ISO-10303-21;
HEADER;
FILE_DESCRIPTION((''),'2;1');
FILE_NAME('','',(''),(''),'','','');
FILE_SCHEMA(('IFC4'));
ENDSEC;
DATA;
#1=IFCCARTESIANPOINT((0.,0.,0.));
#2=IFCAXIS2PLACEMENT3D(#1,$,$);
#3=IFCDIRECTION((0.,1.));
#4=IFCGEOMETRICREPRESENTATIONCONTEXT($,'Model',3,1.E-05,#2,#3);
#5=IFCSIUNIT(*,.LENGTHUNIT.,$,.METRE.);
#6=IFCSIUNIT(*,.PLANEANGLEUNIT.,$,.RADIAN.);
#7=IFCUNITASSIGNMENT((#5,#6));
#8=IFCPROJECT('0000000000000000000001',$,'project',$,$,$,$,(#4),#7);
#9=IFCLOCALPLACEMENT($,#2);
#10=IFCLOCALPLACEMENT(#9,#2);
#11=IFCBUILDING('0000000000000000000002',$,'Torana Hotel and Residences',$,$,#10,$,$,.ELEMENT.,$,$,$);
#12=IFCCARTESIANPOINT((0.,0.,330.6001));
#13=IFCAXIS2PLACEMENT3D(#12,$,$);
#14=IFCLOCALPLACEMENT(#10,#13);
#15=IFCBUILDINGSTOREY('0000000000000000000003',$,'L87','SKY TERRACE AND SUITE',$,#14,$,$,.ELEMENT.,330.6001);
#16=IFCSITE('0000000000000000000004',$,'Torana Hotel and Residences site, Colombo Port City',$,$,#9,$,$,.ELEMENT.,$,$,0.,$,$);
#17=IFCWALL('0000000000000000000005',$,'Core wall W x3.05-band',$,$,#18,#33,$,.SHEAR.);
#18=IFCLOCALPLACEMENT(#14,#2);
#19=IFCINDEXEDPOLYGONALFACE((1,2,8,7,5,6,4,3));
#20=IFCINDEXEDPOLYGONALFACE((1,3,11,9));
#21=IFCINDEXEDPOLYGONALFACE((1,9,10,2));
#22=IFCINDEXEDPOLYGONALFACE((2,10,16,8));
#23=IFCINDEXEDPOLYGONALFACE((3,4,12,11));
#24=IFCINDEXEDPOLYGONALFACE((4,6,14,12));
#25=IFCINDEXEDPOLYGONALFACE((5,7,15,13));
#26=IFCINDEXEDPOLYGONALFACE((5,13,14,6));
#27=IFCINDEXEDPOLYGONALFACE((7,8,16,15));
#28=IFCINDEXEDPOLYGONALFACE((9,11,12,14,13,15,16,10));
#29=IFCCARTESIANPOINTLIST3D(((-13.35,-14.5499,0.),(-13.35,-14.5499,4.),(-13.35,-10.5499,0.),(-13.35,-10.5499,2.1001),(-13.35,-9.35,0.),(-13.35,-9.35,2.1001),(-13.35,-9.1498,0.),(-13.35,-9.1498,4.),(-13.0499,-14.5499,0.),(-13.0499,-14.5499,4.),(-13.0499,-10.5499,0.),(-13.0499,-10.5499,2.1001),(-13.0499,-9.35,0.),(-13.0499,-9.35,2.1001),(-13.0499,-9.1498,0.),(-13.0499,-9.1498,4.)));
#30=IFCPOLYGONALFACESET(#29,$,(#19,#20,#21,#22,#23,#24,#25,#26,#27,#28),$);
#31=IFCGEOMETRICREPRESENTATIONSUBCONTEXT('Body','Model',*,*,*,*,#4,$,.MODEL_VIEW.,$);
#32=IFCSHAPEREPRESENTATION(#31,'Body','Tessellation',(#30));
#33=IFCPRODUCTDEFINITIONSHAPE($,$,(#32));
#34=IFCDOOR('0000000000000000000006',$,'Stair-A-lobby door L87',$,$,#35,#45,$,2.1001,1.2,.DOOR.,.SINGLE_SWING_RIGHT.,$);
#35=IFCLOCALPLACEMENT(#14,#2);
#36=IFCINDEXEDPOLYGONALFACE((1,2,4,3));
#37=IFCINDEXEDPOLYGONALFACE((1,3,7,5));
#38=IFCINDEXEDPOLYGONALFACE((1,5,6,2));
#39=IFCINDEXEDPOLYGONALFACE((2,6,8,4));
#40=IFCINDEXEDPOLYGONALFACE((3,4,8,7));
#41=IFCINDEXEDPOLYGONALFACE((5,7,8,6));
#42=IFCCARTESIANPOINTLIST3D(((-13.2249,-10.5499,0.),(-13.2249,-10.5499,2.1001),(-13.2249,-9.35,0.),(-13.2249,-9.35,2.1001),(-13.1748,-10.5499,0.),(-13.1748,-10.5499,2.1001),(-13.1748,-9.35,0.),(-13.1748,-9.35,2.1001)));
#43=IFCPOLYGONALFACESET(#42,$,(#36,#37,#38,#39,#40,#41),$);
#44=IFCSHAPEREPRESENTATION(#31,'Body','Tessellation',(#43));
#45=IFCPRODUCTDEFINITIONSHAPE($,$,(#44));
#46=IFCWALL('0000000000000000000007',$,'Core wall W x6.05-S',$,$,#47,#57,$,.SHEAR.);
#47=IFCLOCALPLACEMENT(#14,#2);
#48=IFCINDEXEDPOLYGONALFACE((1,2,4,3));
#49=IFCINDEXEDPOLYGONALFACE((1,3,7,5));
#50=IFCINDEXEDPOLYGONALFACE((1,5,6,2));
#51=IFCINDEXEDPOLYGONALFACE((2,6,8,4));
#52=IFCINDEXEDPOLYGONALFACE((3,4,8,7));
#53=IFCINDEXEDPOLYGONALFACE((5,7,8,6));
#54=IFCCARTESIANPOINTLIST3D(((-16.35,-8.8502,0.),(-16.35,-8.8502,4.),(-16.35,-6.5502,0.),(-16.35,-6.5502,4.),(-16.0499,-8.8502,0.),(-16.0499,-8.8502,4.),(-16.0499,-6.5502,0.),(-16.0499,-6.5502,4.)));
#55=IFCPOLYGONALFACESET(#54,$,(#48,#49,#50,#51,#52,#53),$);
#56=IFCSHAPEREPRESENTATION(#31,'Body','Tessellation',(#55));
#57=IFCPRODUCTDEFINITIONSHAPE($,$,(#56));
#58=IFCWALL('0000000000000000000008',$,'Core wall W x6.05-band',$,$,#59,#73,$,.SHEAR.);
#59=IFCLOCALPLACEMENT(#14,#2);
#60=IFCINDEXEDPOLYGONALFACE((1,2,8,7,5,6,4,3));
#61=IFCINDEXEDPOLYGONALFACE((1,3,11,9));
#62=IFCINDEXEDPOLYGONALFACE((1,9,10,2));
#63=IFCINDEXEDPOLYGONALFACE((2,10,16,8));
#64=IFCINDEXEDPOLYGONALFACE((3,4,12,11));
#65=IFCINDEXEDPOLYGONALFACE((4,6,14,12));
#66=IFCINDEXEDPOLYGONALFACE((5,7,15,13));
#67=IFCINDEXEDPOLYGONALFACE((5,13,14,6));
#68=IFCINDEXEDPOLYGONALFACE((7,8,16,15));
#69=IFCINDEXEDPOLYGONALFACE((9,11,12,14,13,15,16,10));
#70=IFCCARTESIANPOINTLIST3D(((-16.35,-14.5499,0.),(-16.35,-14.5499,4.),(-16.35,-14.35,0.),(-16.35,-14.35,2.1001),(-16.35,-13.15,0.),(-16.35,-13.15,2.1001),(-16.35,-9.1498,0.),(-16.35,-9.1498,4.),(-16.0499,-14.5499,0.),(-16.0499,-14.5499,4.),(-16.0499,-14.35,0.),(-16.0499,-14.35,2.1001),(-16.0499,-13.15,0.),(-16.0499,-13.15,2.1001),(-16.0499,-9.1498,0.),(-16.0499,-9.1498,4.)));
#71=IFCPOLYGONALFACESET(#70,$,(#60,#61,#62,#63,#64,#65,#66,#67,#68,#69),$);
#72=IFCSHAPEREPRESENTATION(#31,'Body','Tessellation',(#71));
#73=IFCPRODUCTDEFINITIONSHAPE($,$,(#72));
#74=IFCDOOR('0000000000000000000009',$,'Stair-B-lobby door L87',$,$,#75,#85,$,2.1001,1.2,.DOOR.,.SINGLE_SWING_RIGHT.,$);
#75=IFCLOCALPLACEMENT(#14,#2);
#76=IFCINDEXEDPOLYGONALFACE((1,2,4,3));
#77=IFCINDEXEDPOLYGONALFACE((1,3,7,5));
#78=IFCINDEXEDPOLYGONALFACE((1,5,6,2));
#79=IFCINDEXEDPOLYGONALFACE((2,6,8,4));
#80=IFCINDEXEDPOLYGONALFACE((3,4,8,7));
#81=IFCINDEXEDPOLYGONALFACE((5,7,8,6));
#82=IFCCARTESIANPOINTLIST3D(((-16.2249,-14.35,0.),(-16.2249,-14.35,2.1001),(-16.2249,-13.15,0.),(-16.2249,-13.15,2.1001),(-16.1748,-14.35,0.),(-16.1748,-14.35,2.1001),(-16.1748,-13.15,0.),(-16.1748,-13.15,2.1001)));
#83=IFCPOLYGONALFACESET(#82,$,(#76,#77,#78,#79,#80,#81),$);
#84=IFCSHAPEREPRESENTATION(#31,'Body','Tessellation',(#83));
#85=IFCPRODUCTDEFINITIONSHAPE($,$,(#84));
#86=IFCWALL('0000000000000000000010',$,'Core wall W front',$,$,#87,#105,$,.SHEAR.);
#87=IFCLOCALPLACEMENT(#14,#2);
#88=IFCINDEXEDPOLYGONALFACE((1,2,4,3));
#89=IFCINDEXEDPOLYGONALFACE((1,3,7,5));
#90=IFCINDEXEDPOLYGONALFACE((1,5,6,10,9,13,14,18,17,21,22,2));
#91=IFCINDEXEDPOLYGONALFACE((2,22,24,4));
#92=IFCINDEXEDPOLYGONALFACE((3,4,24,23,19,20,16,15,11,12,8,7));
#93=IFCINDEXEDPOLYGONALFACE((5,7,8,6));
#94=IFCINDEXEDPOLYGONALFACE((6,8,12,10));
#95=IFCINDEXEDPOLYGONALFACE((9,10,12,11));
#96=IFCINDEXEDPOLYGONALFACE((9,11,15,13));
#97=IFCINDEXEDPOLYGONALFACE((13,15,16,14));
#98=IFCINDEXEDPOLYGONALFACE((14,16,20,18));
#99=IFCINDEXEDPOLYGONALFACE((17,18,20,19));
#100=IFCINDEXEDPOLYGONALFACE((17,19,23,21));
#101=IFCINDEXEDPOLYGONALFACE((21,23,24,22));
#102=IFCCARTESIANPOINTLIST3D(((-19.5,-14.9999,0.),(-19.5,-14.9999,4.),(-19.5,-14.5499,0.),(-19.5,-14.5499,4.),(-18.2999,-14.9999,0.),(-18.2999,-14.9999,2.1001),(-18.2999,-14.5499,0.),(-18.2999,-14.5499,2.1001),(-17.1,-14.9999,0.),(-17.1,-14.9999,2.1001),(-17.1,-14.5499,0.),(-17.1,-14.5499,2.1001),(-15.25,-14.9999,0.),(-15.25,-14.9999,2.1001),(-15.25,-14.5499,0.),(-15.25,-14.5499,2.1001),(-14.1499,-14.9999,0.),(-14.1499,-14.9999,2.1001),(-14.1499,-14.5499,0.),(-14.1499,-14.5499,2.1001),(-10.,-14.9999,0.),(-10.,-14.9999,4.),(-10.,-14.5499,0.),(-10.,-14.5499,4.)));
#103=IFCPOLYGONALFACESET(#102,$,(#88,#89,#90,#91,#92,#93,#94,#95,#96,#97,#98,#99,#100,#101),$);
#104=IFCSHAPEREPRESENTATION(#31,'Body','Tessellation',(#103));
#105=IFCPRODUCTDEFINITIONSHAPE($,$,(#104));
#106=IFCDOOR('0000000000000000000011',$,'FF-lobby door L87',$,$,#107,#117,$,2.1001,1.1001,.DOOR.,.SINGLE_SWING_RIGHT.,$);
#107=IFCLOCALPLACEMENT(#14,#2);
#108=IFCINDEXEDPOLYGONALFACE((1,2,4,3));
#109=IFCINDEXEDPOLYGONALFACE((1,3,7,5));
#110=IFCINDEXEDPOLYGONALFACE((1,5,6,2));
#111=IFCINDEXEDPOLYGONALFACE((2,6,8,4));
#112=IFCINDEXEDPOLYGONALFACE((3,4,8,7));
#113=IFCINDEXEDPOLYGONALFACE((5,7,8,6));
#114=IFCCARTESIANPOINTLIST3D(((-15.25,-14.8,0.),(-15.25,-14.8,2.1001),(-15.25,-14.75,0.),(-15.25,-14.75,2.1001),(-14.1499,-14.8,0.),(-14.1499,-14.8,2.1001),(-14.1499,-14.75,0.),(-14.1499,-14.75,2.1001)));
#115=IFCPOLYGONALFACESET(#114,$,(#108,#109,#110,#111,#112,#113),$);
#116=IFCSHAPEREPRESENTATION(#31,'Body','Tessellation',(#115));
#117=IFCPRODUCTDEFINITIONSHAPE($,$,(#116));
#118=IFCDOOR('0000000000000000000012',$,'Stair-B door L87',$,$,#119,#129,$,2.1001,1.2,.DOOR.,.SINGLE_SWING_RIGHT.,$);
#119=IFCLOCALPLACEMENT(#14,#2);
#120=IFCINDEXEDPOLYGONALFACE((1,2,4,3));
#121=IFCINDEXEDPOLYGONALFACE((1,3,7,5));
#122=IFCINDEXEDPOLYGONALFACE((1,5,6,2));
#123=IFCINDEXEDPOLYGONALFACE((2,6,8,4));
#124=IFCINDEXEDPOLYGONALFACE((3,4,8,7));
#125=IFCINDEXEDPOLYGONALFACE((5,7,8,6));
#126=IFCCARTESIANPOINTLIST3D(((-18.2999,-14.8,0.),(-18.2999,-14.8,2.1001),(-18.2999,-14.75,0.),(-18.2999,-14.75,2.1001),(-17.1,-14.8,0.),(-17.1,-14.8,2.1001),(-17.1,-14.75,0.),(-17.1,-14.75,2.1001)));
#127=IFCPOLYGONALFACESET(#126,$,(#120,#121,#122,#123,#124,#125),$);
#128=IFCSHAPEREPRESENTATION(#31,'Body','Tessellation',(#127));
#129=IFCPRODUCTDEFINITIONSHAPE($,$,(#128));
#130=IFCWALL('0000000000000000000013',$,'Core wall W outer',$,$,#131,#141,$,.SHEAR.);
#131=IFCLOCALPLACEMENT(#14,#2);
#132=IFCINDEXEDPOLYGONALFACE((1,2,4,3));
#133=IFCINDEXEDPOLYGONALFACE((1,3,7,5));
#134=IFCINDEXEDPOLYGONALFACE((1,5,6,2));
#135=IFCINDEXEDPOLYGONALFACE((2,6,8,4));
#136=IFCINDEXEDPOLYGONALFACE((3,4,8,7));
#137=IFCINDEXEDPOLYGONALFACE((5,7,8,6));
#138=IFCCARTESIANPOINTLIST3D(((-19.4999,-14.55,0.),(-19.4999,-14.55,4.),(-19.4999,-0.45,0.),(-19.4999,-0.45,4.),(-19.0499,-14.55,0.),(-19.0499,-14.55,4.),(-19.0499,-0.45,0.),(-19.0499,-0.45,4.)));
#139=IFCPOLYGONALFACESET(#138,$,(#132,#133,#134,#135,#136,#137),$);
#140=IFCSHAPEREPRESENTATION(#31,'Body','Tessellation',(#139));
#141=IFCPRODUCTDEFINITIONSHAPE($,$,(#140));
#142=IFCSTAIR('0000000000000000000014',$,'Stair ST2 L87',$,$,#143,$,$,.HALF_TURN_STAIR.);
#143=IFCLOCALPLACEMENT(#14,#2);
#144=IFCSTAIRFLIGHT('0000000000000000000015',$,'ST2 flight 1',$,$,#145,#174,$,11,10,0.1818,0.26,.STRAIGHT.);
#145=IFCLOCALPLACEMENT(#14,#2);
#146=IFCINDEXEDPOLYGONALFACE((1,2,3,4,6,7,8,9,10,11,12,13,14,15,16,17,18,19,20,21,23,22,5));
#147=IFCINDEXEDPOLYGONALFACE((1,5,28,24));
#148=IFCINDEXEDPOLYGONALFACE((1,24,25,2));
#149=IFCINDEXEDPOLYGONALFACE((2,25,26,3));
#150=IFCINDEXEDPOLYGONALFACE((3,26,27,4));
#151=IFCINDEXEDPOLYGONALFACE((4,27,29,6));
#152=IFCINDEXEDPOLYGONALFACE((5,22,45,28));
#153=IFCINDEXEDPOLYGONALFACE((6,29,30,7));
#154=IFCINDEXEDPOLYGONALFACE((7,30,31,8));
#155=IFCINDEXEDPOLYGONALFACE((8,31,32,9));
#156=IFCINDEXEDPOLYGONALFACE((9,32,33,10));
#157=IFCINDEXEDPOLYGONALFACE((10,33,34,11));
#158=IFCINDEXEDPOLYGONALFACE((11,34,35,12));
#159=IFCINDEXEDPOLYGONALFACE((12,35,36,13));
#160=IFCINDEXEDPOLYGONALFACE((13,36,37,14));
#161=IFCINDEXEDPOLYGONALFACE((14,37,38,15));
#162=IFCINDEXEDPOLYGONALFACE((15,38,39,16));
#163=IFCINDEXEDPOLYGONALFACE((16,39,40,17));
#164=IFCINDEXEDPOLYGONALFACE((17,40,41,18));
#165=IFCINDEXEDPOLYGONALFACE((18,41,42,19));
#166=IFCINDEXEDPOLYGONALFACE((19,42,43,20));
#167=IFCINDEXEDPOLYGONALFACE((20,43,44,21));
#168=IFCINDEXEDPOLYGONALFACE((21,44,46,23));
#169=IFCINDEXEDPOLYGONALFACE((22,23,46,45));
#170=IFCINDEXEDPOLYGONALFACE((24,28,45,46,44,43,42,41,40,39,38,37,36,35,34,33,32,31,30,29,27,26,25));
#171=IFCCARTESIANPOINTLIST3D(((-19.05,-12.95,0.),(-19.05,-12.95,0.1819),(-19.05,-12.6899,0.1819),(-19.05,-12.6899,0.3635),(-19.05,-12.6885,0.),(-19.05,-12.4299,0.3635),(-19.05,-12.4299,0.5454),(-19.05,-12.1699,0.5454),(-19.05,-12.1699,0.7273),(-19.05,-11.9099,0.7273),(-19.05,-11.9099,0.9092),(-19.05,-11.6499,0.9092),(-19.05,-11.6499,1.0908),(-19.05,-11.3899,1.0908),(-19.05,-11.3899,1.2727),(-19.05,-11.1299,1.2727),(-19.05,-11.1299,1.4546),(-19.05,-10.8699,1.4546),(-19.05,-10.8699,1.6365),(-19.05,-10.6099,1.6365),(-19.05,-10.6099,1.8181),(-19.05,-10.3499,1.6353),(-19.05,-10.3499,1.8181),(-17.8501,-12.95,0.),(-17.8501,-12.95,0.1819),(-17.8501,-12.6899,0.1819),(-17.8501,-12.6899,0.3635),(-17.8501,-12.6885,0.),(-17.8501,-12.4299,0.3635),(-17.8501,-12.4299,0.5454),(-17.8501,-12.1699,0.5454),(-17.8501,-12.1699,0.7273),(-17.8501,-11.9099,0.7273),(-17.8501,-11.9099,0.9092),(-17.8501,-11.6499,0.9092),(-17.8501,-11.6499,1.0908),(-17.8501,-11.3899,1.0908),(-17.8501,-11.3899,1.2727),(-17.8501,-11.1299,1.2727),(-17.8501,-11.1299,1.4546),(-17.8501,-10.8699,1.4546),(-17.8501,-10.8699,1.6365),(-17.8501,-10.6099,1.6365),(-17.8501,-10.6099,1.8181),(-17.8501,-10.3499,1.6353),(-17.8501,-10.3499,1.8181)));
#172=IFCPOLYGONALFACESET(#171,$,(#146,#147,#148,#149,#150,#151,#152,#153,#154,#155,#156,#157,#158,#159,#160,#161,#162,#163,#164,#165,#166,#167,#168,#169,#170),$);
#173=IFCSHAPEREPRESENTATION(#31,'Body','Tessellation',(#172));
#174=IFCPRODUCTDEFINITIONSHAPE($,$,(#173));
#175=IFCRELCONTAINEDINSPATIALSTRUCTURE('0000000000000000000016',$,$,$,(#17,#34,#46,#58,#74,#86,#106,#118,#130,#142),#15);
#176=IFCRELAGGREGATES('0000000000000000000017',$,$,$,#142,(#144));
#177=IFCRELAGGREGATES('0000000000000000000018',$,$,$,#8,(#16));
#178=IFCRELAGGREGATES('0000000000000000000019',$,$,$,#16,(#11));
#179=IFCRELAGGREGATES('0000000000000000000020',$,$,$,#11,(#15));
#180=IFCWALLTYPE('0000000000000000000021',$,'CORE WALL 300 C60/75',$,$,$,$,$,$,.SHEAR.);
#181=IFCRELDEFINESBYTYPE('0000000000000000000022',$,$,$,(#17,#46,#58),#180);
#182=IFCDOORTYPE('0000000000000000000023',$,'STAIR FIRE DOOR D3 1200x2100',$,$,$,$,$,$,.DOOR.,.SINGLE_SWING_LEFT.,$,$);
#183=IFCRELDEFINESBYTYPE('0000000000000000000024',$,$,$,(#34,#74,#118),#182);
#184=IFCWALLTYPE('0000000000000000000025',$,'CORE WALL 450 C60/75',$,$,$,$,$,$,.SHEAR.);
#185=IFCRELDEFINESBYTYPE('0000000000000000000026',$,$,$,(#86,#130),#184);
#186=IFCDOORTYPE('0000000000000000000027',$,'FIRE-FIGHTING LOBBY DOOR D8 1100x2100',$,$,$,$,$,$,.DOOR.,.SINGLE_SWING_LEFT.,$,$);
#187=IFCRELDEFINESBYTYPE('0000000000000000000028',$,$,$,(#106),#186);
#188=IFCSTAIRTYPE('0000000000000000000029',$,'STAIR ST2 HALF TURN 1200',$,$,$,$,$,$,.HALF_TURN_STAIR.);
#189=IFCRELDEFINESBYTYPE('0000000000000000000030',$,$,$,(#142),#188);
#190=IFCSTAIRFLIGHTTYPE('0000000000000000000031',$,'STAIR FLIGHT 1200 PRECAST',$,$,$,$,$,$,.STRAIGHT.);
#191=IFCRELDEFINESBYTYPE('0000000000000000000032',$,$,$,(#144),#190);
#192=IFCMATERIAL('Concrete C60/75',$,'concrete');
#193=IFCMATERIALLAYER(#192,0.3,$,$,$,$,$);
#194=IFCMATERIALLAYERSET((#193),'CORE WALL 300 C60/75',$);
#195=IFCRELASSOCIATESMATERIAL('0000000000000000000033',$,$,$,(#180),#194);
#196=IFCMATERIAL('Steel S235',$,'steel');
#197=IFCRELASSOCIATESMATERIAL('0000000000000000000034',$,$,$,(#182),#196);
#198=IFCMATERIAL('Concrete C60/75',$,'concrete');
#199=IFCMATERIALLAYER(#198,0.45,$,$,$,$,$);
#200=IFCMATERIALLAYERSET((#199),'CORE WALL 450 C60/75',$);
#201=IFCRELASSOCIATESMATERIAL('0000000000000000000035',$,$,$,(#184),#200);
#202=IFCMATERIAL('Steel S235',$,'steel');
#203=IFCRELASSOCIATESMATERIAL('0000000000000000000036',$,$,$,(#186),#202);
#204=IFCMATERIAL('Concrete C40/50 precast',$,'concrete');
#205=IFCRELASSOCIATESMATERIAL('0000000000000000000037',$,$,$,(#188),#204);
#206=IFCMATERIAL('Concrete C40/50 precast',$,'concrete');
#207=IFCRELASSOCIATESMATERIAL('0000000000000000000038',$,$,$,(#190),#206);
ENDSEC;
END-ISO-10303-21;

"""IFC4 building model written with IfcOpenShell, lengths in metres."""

from ifc_helpers import new_model, si_unit, direction, frame, frame_2d, origin, place, context, subcontext, project, spatial, polyline, rectangle, outline, extrude, material, layer, layer_set, type_object, element, fill, aggregate, save


model = new_model("IFC4")

# Units and contexts
model_context = context("Model", 3, precision=1e-05, world=origin(), true_north=direction((0.0, 1.0)))
body_context = subcontext(model_context, "Body", "Model", "MODEL_VIEW")
ifc_project = project(units=[si_unit("LENGTHUNIT", "METRE"), si_unit("PLANEANGLEUNIT", "RADIAN")], contexts=[model_context])

# Site, building, storey
site_placement = place(None, origin())
site = spatial("IfcSite", under=ifc_project, at=site_placement, Name="Torana Hotel and Residences site, Colombo Port City", CompositionType="ELEMENT", RefElevation=0.0)
building_placement = place(site_placement, origin())
building = spatial("IfcBuilding", under=site, at=building_placement, Name="Torana Hotel and Residences", CompositionType="ELEMENT")
storey_placement = place(building_placement, frame((0.0, 0.0, 330.6001)))
storey = spatial("IfcBuildingStorey", under=building, at=storey_placement, Name="L87", Description="SKY TERRACE AND SUITE", CompositionType="ELEMENT", Elevation=330.6001)

# Wall, opening, door
ifc_material_1 = material(Name="Concrete C60/75", Category="concrete")
ifc_layer_1 = layer(ifc_material_1, 0.3)
ifc_layer_set_1 = layer_set([ifc_layer_1], Name="CORE WALL 300 C60/75")
wall_type_1 = type_object("IfcWallType", Name="CORE WALL 300 C60/75", PredefinedType="SHEAR", material=ifc_layer_set_1)
wall_1_placement = place(storey_placement, frame((-13.2, -14.55, 0.0), z_axis=(0.0, 0.0, 1.0), x_axis=(0.0, 1.0, 0.0)))
wall_1 = element("IfcWall", 1, at=wall_1_placement, inside=storey, type_object=wall_type_1, Name="Core wall W x3.05-band", PredefinedType="SHEAR", context=body_context, shape_type="SweptSolid", body=[
    extrude(rectangle(XDim=5.4001, YDim=0.3, at=frame_2d((2.7002, 0.0))), origin(), (0.0, 0.0, 1.0), 4.0),
])
opening_1_placement = place(wall_1_placement, frame((4.0, 0.0, 0.0)))
opening_1 = element("IfcOpeningElement", 2, at=opening_1_placement, cuts=wall_1, PredefinedType="OPENING", context=body_context, shape_type="SweptSolid", body=[
    extrude(rectangle(XDim=1.2, YDim=2.1001, at=frame_2d((0.6001, 1.05))), frame((0.0, 0.1599, 0.0), z_axis=(0.0, -1.0, 0.0), x_axis=(1.0, 0.0, 0.0)), (0.0, 0.0, 1.0), 0.3201),
])
ifc_material_2 = material(Name="Steel S235", Category="steel")
door_type_1 = type_object("IfcDoorType", Name="STAIR FIRE DOOR D3 1200x2100", OperationType="SINGLE_SWING_LEFT", PredefinedType="DOOR", material=ifc_material_2)
door_1_placement = place(opening_1_placement, frame((0.6001, 0.0, 0.0), z_axis=(0.0, 0.0, 1.0), x_axis=(-1.0, 0.0, 0.0)))
door_1 = element("IfcDoor", 3, at=door_1_placement, inside=storey, type_object=door_type_1, Name="Stair-A-lobby door L87", OperationType="SINGLE_SWING_RIGHT", OverallHeight=2.1001, OverallWidth=1.2, PredefinedType="DOOR", context=body_context, shape_type="SweptSolid", body=[
    extrude(rectangle(XDim=1.2, YDim=2.1001, at=frame_2d((0.0, 1.05))), frame((0.0, -0.0249, 0.0), z_axis=(0.0, 1.0, 0.0), x_axis=(-1.0, 0.0, 0.0)), (0.0, 0.0, 1.0), 0.05),
])
fill(opening_1, door_1)

# Wall
wall_2_placement = place(storey_placement, frame((-16.2, -8.8501, 0.0), z_axis=(0.0, 0.0, 1.0), x_axis=(0.0, 1.0, 0.0)))
element("IfcWall", 4, at=wall_2_placement, inside=storey, type_object=wall_type_1, Name="Core wall W x6.05-S", PredefinedType="SHEAR", context=body_context, shape_type="SweptSolid", body=[
    extrude(rectangle(XDim=2.3, YDim=0.3, at=frame_2d((1.1499, 0.0))), origin(), (0.0, 0.0, 1.0), 4.0),
])

# Wall, opening, door
wall_3_placement = place(storey_placement, frame((-16.2, -14.55, 0.0), z_axis=(0.0, 0.0, 1.0), x_axis=(0.0, 1.0, 0.0)))
wall_3 = element("IfcWall", 5, at=wall_3_placement, inside=storey, type_object=wall_type_1, Name="Core wall W x6.05-band", PredefinedType="SHEAR", context=body_context, shape_type="SweptSolid", body=[
    extrude(rectangle(XDim=5.4001, YDim=0.3, at=frame_2d((2.7002, 0.0))), origin(), (0.0, 0.0, 1.0), 4.0),
])
opening_2_placement = place(wall_3_placement, frame((0.2, 0.0, 0.0)))
opening_2 = element("IfcOpeningElement", 6, at=opening_2_placement, cuts=wall_3, PredefinedType="OPENING", context=body_context, shape_type="SweptSolid", body=[
    extrude(rectangle(XDim=1.2, YDim=2.1001, at=frame_2d((0.6001, 1.05))), frame((0.0, 0.1599, 0.0), z_axis=(0.0, -1.0, 0.0), x_axis=(1.0, 0.0, 0.0)), (0.0, 0.0, 1.0), 0.3201),
])
door_2_placement = place(opening_2_placement, origin())
door_2 = element("IfcDoor", 7, at=door_2_placement, inside=storey, type_object=door_type_1, Name="Stair-B-lobby door L87", OperationType="SINGLE_SWING_RIGHT", OverallHeight=2.1001, OverallWidth=1.2, PredefinedType="DOOR", context=body_context, shape_type="SweptSolid", body=[
    extrude(rectangle(XDim=1.2, YDim=2.1001, at=frame_2d((0.6001, 1.05))), frame((0.0, 0.0249, 0.0), z_axis=(0.0, -1.0, 0.0), x_axis=(1.0, 0.0, 0.0)), (0.0, 0.0, 1.0), 0.05),
])
fill(opening_2, door_2)

# Wall, openings, doors
ifc_material_3 = material(Name="Concrete C60/75", Category="concrete")
ifc_layer_2 = layer(ifc_material_3, 0.45)
ifc_layer_set_2 = layer_set([ifc_layer_2], Name="CORE WALL 450 C60/75")
wall_type_2 = type_object("IfcWallType", Name="CORE WALL 450 C60/75", PredefinedType="SHEAR", material=ifc_layer_set_2)
wall_4_placement = place(storey_placement, frame((-19.5, -14.7749, 0.0), z_axis=(0.0, 0.0, 1.0), x_axis=(1.0, 0.0, 0.0)))
wall_4 = element("IfcWall", 8, at=wall_4_placement, inside=storey, type_object=wall_type_2, Name="Core wall W front", PredefinedType="SHEAR", context=body_context, shape_type="SweptSolid", body=[
    extrude(rectangle(XDim=9.5, YDim=0.45, at=frame_2d((4.75, 0.0))), origin(), (0.0, 0.0, 1.0), 4.0),
])
opening_3_placement = place(wall_4_placement, frame((1.2, 0.0, 0.0)))
opening_3 = element("IfcOpeningElement", 9, at=opening_3_placement, cuts=wall_4, PredefinedType="OPENING", context=body_context, shape_type="SweptSolid", body=[
    extrude(rectangle(XDim=1.2, YDim=2.1001, at=frame_2d((0.6001, 1.05))), frame((0.0, 0.2349, 0.0), z_axis=(0.0, -1.0, 0.0), x_axis=(1.0, 0.0, 0.0)), (0.0, 0.0, 1.0), 0.47),
])
opening_4_placement = place(wall_4_placement, frame((4.25, 0.0, 0.0)))
opening_4 = element("IfcOpeningElement", 10, at=opening_4_placement, cuts=wall_4, PredefinedType="OPENING", context=body_context, shape_type="SweptSolid", body=[
    extrude(rectangle(XDim=1.1001, YDim=2.1001, at=frame_2d((0.55, 1.05))), frame((0.0, 0.2349, 0.0), z_axis=(0.0, -1.0, 0.0), x_axis=(1.0, 0.0, 0.0)), (0.0, 0.0, 1.0), 0.47),
])
ifc_material_4 = material(Name="Steel S235", Category="steel")
door_type_2 = type_object("IfcDoorType", Name="FIRE-FIGHTING LOBBY DOOR D8 1100x2100", OperationType="SINGLE_SWING_LEFT", PredefinedType="DOOR", material=ifc_material_4)
door_3_placement = place(opening_4_placement, origin())
door_3 = element("IfcDoor", 11, at=door_3_placement, inside=storey, type_object=door_type_2, Name="FF-lobby door L87", OperationType="SINGLE_SWING_RIGHT", OverallHeight=2.1001, OverallWidth=1.1001, PredefinedType="DOOR", context=body_context, shape_type="SweptSolid", body=[
    extrude(rectangle(XDim=1.1001, YDim=2.1001, at=frame_2d((0.55, 1.05))), frame((0.0, 0.0249, 0.0), z_axis=(0.0, -1.0, 0.0), x_axis=(1.0, 0.0, 0.0)), (0.0, 0.0, 1.0), 0.05),
])
fill(opening_4, door_3)
door_4_placement = place(opening_3_placement, origin())
door_4 = element("IfcDoor", 12, at=door_4_placement, inside=storey, type_object=door_type_1, Name="Stair-B door L87", OperationType="SINGLE_SWING_RIGHT", OverallHeight=2.1001, OverallWidth=1.2, PredefinedType="DOOR", context=body_context, shape_type="SweptSolid", body=[
    extrude(rectangle(XDim=1.2, YDim=2.1001, at=frame_2d((0.6001, 1.05))), frame((0.0, 0.0249, 0.0), z_axis=(0.0, -1.0, 0.0), x_axis=(1.0, 0.0, 0.0)), (0.0, 0.0, 1.0), 0.05),
])
fill(opening_3, door_4)

# Wall
wall_5_placement = place(storey_placement, frame((-19.2749, -14.55, 0.0), z_axis=(0.0, 0.0, 1.0), x_axis=(0.0, 1.0, 0.0)))
element("IfcWall", 13, at=wall_5_placement, inside=storey, type_object=wall_type_2, Name="Core wall W outer", PredefinedType="SHEAR", context=body_context, shape_type="SweptSolid", body=[
    extrude(rectangle(XDim=14.1001, YDim=0.45, at=frame_2d((7.05, 0.0))), origin(), (0.0, 0.0, 1.0), 4.0),
])

# Stair, stair flight
ifc_material_5 = material(Name="Concrete C40/50 precast", Category="concrete")
stair_type = type_object("IfcStairType", Name="STAIR ST2 HALF TURN 1200", PredefinedType="HALF_TURN_STAIR", material=ifc_material_5)
stair_placement = place(storey_placement, origin())
stair = element("IfcStair", 14, at=stair_placement, inside=storey, type_object=stair_type, Name="Stair ST2 L87", PredefinedType="HALF_TURN_STAIR")
ifc_material_6 = material(Name="Concrete C40/50 precast", Category="concrete")
stair_flight_type = type_object("IfcStairFlightType", Name="STAIR FLIGHT 1200 PRECAST", PredefinedType="STRAIGHT", material=ifc_material_6)
stair_flight_1_placement = place(storey_placement, frame((-18.45, -12.95, 0.0), z_axis=(0.0, 0.0, 1.0), x_axis=(0.0, 1.0, 0.0)))
stair_flight_1 = element("IfcStairFlight", 15, at=stair_flight_1_placement, type_object=stair_flight_type, Name="ST2 flight 1", NumberOfRisers=11, NumberOfTreads=10, PredefinedType="STRAIGHT", RiserHeight=0.1818, TreadLength=0.26, context=body_context, shape_type="SweptSolid", body=[
    extrude(outline(polyline([(0.0, 0.0), (0.0, 0.1819), (0.26, 0.1819), (0.26, 0.3635), (0.52, 0.3635), (0.52, 0.5454), (0.78, 0.5454), (0.78, 0.7273), (1.04, 0.7273), (1.04, 0.9092), (1.3, 0.9092), (1.3, 1.0908), (1.5601, 1.0908), (1.5601, 1.2727), (1.8201, 1.2727), (1.8201, 1.4546), (2.0801, 1.4546), (2.0801, 1.6365), (2.3401, 1.6365), (2.3401, 1.8181), (2.6001, 1.8181), (2.6001, 2.0), (2.6001, 1.6353), (0.2615, 0.0), (0.0, 0.0)])), frame((0.0, 0.6001, 0.0), z_axis=(0.0, -1.0, 0.0), x_axis=(1.0, 0.0, 0.0)), (0.0, 0.0, 1.0), 1.2),
])
aggregate(stair, [stair_flight_1])

save(model, "model.ifc")
